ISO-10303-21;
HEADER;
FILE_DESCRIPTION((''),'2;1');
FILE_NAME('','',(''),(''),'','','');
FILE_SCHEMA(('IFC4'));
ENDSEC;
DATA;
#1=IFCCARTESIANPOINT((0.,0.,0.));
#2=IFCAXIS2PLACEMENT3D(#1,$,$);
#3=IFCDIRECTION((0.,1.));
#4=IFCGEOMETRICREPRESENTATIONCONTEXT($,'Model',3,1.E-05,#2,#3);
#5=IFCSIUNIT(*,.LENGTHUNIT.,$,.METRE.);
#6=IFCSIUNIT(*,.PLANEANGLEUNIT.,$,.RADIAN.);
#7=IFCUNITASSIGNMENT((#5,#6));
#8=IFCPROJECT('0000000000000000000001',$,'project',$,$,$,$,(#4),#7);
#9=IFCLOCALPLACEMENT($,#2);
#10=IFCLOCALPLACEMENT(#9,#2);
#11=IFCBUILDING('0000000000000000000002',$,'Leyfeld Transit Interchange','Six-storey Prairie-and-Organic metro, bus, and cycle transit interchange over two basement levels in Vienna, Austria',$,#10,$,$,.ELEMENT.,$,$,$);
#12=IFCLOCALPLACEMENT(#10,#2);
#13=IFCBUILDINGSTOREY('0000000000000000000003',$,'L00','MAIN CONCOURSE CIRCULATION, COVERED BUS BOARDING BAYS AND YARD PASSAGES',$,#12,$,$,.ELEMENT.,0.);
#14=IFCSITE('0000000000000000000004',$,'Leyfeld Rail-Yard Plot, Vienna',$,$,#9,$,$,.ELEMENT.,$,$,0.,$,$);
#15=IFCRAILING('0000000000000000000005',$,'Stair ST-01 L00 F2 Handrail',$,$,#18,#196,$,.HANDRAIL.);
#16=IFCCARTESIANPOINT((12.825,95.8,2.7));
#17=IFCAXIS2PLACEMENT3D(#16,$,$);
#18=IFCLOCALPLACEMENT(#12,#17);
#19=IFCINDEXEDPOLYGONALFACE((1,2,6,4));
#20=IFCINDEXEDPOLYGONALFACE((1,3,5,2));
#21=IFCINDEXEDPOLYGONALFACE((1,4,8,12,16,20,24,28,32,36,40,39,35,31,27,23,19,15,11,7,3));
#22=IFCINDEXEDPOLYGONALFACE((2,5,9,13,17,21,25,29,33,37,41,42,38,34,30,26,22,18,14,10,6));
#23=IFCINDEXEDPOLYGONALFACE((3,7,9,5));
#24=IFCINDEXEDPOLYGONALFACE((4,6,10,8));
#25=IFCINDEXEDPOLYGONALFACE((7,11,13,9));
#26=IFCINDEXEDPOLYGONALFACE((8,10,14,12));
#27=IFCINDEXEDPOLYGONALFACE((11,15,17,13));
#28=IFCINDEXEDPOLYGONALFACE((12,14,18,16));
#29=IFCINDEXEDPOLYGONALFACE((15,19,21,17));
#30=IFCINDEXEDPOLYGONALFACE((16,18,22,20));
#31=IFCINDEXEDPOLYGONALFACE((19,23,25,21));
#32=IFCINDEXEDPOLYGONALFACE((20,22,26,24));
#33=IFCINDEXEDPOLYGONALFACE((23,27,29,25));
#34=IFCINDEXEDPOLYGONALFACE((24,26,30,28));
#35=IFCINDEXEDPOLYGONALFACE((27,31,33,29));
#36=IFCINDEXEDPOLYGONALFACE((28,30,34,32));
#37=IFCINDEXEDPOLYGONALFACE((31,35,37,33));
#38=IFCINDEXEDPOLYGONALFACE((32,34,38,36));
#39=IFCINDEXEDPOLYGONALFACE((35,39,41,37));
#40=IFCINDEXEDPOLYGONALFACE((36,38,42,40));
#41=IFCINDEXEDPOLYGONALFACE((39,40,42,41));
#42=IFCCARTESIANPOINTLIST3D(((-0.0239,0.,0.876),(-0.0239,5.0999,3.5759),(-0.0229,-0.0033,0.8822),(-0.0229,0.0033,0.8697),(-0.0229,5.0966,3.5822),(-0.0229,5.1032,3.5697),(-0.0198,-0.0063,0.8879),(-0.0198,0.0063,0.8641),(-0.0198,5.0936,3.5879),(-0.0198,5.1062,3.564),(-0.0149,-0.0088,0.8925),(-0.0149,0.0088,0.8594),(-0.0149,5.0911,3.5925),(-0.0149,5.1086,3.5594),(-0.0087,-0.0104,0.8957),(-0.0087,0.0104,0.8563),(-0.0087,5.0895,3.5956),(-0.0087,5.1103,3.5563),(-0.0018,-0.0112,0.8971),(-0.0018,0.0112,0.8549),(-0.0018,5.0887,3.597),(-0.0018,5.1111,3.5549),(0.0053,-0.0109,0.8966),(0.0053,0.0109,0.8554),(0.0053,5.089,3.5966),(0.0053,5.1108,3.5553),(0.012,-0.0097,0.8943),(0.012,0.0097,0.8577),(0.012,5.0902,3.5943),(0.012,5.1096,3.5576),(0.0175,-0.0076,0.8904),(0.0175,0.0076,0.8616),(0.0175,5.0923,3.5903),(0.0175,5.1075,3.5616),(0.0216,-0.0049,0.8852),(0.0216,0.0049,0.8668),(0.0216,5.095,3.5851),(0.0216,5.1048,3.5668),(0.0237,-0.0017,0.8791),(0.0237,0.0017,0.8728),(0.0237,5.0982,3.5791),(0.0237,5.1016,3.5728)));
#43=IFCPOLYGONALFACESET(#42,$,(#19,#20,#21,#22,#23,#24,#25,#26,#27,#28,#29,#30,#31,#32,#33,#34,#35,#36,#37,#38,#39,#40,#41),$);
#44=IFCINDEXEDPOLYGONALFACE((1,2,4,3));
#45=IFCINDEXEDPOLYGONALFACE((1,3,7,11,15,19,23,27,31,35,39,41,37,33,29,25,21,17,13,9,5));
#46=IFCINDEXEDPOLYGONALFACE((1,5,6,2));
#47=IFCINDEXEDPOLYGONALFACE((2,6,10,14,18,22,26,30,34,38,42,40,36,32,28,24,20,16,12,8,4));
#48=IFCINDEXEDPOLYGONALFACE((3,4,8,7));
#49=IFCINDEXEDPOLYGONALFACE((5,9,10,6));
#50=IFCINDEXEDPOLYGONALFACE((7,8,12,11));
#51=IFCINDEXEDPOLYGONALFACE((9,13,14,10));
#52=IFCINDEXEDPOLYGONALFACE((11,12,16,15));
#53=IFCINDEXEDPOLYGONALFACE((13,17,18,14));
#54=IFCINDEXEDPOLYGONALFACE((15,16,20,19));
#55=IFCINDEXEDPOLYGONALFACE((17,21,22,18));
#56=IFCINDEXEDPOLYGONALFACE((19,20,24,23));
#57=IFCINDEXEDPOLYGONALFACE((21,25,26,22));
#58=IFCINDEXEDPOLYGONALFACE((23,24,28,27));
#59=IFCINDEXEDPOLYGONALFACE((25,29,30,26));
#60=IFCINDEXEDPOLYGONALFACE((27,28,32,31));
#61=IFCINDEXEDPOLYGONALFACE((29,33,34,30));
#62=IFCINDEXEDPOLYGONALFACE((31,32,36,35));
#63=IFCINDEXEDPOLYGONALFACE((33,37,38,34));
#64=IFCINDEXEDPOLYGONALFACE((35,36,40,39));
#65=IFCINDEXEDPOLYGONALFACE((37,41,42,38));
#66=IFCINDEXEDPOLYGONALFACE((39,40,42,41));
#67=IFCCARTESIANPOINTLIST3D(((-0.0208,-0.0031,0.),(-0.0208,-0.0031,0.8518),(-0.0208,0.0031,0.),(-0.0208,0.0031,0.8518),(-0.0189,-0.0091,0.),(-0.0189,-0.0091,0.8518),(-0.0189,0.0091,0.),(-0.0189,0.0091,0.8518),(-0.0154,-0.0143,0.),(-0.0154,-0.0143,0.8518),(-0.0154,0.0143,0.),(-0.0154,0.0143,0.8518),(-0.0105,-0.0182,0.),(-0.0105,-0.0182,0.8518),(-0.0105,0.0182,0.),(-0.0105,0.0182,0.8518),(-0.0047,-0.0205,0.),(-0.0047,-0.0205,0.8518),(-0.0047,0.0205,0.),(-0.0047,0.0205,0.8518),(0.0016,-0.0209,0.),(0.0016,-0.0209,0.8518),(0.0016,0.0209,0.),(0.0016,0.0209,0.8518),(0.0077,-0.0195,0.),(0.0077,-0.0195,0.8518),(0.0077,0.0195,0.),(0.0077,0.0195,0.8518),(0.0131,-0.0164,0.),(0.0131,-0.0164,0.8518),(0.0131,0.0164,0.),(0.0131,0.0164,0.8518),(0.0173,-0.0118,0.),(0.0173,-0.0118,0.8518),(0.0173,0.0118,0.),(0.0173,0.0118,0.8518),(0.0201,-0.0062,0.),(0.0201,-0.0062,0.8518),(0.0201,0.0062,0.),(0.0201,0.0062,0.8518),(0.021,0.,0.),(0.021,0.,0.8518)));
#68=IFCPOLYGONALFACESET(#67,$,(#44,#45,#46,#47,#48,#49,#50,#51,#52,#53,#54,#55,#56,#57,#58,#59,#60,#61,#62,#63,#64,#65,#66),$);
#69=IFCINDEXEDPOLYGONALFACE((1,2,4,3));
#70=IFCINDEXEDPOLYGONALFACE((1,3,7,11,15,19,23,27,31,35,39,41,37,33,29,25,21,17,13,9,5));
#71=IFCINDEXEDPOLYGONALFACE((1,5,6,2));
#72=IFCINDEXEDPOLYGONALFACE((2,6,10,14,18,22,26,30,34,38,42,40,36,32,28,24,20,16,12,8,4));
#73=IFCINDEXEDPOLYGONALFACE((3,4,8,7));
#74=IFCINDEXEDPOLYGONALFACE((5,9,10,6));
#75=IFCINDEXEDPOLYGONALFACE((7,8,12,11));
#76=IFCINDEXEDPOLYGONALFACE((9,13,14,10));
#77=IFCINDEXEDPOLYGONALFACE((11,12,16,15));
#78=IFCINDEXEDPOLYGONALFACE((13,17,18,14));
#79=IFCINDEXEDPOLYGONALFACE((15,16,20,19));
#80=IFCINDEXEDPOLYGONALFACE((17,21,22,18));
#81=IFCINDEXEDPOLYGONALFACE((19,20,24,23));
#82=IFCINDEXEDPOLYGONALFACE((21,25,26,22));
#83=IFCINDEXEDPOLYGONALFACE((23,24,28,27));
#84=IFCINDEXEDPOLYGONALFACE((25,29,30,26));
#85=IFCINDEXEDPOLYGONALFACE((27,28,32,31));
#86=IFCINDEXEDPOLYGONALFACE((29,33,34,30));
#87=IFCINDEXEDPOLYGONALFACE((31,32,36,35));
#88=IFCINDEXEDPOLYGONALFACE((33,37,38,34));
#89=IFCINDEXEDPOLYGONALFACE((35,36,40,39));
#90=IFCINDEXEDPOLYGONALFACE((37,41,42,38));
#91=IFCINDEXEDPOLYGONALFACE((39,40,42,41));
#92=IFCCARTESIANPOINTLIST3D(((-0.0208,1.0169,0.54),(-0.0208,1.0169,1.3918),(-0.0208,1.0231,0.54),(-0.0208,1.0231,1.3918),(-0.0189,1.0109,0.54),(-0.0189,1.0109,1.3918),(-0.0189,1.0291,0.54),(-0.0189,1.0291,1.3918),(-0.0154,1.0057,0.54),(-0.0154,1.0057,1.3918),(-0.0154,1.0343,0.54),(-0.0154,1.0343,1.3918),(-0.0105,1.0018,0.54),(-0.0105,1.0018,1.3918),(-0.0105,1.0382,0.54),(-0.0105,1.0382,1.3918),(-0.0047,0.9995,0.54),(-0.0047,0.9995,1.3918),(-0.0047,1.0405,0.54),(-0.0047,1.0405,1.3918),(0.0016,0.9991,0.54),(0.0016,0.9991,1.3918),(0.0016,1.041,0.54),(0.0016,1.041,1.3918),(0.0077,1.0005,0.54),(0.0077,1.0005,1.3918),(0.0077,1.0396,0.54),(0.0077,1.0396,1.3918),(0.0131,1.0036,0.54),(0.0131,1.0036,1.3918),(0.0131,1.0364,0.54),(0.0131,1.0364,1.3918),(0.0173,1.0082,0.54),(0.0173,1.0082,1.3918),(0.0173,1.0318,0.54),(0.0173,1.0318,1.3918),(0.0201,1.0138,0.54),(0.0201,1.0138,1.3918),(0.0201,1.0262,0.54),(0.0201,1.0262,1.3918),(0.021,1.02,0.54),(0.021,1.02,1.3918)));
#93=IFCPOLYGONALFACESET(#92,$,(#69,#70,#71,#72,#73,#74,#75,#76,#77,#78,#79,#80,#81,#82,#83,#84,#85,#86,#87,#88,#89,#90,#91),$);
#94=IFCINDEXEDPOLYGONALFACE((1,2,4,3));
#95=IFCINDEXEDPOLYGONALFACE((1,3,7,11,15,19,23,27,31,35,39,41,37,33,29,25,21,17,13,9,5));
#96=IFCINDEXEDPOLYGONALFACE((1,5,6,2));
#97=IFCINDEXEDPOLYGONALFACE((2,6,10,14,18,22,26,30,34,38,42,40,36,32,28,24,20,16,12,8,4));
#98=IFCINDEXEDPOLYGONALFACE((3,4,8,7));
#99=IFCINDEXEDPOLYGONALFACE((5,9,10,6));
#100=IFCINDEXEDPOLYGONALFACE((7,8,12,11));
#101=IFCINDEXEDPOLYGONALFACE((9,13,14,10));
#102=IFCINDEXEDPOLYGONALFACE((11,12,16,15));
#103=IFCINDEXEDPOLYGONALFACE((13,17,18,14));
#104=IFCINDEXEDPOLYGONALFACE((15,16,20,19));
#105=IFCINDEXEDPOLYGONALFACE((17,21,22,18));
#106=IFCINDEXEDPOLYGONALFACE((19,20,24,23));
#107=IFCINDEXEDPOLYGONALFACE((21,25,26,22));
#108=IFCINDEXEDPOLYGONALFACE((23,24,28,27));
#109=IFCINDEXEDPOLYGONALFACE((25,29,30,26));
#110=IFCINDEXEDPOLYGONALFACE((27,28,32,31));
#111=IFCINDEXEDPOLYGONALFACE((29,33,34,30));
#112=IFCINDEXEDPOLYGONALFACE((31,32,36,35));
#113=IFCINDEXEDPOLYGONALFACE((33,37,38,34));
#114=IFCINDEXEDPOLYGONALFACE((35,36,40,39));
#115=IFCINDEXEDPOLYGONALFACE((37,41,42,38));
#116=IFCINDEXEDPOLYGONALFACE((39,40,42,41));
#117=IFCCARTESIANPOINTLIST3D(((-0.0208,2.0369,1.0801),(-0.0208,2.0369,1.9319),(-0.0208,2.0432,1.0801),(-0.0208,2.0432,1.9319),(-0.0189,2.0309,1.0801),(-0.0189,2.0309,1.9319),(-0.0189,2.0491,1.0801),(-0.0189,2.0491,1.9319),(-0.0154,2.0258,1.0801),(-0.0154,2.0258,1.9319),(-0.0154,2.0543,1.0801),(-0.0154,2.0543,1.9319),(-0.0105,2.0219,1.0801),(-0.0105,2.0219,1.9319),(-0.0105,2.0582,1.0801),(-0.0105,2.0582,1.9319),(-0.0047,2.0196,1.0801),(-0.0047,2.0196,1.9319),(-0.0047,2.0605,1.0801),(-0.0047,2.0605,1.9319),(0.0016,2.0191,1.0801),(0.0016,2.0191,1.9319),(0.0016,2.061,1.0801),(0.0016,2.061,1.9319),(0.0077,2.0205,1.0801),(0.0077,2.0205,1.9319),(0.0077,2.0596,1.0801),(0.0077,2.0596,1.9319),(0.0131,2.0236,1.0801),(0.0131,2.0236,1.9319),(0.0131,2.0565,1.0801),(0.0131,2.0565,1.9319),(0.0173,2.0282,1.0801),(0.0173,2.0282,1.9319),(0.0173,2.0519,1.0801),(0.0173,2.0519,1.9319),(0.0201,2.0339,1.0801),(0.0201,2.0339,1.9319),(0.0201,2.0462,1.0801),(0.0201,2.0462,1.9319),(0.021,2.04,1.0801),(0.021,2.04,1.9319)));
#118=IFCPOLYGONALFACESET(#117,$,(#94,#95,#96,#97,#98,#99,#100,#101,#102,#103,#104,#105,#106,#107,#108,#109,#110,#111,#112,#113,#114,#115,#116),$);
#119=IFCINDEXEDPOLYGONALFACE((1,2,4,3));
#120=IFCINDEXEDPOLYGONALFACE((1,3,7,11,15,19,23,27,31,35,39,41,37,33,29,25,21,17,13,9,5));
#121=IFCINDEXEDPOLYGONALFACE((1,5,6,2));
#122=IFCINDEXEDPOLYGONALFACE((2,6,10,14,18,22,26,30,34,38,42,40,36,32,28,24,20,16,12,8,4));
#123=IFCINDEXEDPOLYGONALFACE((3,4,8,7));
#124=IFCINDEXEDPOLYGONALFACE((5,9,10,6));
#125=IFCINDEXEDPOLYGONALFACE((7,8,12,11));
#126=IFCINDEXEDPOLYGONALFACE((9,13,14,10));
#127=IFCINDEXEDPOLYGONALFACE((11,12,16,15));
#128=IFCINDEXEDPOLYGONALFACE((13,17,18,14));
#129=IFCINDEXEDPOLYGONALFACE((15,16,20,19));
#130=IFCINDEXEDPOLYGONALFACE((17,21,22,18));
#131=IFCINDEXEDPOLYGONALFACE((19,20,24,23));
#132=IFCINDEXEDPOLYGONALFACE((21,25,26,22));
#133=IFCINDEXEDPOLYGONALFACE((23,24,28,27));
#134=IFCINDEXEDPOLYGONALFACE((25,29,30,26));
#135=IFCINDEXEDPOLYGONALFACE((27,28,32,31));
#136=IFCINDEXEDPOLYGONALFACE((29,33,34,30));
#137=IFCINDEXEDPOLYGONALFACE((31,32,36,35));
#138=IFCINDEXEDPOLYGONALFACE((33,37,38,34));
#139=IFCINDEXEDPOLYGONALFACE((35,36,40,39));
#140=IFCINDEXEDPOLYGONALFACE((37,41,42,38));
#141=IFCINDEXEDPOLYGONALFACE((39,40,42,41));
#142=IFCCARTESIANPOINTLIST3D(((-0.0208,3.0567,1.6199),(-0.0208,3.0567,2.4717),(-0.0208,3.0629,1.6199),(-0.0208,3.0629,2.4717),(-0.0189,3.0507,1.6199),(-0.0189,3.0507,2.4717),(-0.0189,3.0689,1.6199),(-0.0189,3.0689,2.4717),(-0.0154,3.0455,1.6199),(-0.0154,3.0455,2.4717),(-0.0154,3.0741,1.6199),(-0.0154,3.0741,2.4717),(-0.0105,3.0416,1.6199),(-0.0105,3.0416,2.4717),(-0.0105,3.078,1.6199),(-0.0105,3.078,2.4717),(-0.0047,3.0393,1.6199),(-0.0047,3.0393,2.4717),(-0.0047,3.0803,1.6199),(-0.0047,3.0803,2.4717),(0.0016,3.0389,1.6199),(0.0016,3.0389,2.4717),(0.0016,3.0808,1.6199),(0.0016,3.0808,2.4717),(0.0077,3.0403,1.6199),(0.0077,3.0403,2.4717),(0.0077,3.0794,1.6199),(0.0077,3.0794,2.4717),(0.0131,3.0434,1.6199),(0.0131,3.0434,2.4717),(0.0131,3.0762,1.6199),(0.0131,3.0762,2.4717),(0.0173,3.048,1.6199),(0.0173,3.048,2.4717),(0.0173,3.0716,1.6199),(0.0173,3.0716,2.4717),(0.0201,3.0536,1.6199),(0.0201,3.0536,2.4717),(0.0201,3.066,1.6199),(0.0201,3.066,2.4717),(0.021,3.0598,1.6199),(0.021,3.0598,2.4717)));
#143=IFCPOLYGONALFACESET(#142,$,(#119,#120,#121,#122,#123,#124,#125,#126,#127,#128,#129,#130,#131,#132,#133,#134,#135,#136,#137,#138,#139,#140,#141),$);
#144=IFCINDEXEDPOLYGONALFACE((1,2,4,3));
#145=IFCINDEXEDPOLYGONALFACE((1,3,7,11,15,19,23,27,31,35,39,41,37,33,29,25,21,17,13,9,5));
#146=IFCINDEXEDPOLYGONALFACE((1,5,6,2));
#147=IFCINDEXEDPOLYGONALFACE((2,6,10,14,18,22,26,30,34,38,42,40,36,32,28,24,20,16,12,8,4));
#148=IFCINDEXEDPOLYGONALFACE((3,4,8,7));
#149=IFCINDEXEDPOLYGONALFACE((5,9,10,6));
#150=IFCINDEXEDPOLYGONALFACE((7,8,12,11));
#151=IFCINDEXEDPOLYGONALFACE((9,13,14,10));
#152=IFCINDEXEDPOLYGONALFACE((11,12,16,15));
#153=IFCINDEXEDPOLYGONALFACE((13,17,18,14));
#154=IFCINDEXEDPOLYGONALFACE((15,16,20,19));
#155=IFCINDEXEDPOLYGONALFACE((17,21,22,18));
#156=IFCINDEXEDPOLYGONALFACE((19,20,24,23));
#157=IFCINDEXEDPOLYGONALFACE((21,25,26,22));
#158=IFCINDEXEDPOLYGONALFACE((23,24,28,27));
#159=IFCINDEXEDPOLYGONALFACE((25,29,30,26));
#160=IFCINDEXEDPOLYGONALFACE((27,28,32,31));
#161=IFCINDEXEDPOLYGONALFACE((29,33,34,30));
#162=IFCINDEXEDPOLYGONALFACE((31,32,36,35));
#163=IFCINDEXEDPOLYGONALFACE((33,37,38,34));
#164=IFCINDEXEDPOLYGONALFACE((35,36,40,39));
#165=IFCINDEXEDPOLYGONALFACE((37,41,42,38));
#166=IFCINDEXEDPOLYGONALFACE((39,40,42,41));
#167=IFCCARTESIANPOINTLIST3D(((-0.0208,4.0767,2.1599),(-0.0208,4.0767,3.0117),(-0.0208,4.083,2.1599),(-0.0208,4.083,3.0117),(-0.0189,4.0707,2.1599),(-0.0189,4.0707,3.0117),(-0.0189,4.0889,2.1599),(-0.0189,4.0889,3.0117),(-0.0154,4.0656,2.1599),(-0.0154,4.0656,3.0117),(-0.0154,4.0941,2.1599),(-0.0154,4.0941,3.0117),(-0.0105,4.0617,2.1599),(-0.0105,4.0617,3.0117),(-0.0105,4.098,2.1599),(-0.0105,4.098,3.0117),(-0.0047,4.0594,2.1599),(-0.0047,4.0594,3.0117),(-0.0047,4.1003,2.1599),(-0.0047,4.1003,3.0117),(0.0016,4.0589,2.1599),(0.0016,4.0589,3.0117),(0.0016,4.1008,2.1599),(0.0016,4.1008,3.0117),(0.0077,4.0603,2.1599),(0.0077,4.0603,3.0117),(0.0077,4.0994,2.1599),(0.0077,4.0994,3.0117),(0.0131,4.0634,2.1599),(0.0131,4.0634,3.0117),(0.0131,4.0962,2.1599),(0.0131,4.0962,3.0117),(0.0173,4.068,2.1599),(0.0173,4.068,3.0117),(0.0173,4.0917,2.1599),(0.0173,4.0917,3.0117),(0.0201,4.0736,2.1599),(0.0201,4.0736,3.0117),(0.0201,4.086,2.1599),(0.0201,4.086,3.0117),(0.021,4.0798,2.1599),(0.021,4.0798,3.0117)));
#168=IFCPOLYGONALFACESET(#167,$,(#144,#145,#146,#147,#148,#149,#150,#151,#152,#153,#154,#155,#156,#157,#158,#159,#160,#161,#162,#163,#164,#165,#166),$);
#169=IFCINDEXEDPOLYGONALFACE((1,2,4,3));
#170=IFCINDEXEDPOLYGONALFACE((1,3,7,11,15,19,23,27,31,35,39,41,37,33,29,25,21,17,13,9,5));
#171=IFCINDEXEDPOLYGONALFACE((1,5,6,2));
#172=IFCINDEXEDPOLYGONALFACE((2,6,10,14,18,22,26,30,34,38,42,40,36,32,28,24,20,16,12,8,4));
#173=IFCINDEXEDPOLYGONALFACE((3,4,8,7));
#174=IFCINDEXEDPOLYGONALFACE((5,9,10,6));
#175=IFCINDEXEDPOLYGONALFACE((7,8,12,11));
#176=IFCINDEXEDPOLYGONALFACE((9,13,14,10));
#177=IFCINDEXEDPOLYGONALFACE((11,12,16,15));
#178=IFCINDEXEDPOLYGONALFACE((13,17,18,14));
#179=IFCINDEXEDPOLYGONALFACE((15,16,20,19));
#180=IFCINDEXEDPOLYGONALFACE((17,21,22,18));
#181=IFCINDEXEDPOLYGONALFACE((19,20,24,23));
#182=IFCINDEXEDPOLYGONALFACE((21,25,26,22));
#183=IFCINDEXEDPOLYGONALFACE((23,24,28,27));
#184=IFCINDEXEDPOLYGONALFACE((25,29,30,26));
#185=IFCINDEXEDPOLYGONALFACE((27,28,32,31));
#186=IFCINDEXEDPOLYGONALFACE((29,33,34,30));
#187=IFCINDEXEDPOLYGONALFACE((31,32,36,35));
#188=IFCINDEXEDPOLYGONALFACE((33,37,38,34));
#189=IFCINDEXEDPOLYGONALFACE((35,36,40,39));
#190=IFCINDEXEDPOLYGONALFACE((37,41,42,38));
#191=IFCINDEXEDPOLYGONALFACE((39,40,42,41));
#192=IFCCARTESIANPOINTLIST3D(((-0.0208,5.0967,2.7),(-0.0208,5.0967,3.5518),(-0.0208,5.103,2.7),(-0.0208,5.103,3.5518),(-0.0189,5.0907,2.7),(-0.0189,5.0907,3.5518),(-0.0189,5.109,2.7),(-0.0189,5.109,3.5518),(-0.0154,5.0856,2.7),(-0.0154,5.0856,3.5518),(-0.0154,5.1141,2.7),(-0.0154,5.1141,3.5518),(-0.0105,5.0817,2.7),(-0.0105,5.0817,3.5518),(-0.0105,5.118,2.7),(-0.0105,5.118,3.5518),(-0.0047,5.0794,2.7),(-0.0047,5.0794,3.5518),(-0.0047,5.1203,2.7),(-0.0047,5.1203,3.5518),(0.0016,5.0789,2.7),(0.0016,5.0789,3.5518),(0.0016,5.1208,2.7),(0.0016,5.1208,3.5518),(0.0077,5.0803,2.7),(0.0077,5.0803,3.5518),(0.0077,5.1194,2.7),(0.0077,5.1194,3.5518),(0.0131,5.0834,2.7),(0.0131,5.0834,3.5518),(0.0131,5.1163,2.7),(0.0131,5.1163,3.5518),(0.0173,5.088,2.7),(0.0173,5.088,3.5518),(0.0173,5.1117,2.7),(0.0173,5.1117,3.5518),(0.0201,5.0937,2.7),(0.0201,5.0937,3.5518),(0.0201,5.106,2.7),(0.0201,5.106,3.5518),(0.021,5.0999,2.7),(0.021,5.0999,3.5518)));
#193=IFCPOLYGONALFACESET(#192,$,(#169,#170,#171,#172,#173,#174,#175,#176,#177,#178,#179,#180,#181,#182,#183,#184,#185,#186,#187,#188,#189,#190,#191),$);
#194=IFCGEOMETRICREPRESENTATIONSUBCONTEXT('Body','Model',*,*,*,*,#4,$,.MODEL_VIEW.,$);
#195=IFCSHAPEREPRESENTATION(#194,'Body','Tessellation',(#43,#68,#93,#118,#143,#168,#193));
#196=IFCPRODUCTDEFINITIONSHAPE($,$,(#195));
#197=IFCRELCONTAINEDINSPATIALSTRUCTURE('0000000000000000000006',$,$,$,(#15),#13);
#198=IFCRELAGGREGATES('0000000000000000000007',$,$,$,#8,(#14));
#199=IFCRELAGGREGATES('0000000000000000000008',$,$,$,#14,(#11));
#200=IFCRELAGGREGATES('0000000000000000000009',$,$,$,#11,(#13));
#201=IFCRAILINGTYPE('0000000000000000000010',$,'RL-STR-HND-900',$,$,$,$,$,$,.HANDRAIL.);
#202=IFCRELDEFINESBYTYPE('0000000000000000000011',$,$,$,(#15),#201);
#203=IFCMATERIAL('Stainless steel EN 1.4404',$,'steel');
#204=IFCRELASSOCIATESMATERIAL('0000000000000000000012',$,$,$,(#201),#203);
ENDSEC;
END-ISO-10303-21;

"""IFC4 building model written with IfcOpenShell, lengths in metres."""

from ifc_helpers import new_model, si_unit, direction, frame, origin, origin_2d, place, context, subcontext, project, spatial, circle, extrude, material, type_object, element, save


model = new_model("IFC4")

# Units and contexts
model_context = context("Model", 3, precision=1e-05, world=origin(), true_north=direction((0.0, 1.0)))
body_context = subcontext(model_context, "Body", "Model", "MODEL_VIEW")
ifc_project = project(units=[si_unit("LENGTHUNIT", "METRE"), si_unit("PLANEANGLEUNIT", "RADIAN")], contexts=[model_context])

# Site, building, storey
site_placement = place(None, origin())
site = spatial("IfcSite", under=ifc_project, at=site_placement, Name="Leyfeld Rail-Yard Plot, Vienna", CompositionType="ELEMENT", RefElevation=0.0)
building_placement = place(site_placement, origin())
building = spatial("IfcBuilding", under=site, at=building_placement, Name="Leyfeld Transit Interchange", Description="Six-storey Prairie-and-Organic metro, bus, and cycle transit interchange over two basement levels in Vienna, Austria", CompositionType="ELEMENT")
storey_placement = place(building_placement, origin())
storey = spatial("IfcBuildingStorey", under=building, at=storey_placement, Name="L00", Description="MAIN CONCOURSE CIRCULATION, COVERED BUS BOARDING BAYS AND YARD PASSAGES", CompositionType="ELEMENT", Elevation=0.0)

# Railing
ifc_material_1 = material(Name="Stainless steel EN 1.4404", Category="steel")
railing_type_1 = type_object("IfcRailingType", Name="RL-STR-HND-900", PredefinedType="HANDRAIL", material=ifc_material_1)
railing_1_placement = place(storey_placement, frame((12.825, 95.8, 2.7)))
element("IfcRailing", 1, at=railing_1_placement, inside=storey, type_object=railing_type_1, Name="Stair ST-01 L00 F2 Handrail", PredefinedType="HANDRAIL", context=body_context, shape_type="SweptSolid", body=[
    extrude(circle(Radius=0.0239, at=origin_2d()), frame((0.0, 0.0, 0.876), z_axis=(0.0, 0.883786, 0.467892), x_axis=(-1.0, 0.0, 0.0)), (0.0, 0.0, 1.0), 5.7705),
    extrude(circle(Radius=0.021, at=origin_2d()), origin(), (0.0, 0.0, 1.0), 0.8518),
    extrude(circle(Radius=0.021, at=origin_2d()), frame((0.0, 1.02, 0.54)), (0.0, 0.0, 1.0), 0.8518),
    extrude(circle(Radius=0.021, at=origin_2d()), frame((0.0, 2.04, 1.0801)), (0.0, 0.0, 1.0), 0.8518),
    extrude(circle(Radius=0.021, at=origin_2d()), frame((0.0, 3.0598, 1.6199)), (0.0, 0.0, 1.0), 0.8518),
    extrude(circle(Radius=0.021, at=origin_2d()), frame((0.0, 4.0798, 2.1599)), (0.0, 0.0, 1.0), 0.8518),
    extrude(circle(Radius=0.021, at=origin_2d()), frame((0.0, 5.0999, 2.7)), (0.0, 0.0, 1.0), 0.8518),
])

save(model, "model.ifc")
